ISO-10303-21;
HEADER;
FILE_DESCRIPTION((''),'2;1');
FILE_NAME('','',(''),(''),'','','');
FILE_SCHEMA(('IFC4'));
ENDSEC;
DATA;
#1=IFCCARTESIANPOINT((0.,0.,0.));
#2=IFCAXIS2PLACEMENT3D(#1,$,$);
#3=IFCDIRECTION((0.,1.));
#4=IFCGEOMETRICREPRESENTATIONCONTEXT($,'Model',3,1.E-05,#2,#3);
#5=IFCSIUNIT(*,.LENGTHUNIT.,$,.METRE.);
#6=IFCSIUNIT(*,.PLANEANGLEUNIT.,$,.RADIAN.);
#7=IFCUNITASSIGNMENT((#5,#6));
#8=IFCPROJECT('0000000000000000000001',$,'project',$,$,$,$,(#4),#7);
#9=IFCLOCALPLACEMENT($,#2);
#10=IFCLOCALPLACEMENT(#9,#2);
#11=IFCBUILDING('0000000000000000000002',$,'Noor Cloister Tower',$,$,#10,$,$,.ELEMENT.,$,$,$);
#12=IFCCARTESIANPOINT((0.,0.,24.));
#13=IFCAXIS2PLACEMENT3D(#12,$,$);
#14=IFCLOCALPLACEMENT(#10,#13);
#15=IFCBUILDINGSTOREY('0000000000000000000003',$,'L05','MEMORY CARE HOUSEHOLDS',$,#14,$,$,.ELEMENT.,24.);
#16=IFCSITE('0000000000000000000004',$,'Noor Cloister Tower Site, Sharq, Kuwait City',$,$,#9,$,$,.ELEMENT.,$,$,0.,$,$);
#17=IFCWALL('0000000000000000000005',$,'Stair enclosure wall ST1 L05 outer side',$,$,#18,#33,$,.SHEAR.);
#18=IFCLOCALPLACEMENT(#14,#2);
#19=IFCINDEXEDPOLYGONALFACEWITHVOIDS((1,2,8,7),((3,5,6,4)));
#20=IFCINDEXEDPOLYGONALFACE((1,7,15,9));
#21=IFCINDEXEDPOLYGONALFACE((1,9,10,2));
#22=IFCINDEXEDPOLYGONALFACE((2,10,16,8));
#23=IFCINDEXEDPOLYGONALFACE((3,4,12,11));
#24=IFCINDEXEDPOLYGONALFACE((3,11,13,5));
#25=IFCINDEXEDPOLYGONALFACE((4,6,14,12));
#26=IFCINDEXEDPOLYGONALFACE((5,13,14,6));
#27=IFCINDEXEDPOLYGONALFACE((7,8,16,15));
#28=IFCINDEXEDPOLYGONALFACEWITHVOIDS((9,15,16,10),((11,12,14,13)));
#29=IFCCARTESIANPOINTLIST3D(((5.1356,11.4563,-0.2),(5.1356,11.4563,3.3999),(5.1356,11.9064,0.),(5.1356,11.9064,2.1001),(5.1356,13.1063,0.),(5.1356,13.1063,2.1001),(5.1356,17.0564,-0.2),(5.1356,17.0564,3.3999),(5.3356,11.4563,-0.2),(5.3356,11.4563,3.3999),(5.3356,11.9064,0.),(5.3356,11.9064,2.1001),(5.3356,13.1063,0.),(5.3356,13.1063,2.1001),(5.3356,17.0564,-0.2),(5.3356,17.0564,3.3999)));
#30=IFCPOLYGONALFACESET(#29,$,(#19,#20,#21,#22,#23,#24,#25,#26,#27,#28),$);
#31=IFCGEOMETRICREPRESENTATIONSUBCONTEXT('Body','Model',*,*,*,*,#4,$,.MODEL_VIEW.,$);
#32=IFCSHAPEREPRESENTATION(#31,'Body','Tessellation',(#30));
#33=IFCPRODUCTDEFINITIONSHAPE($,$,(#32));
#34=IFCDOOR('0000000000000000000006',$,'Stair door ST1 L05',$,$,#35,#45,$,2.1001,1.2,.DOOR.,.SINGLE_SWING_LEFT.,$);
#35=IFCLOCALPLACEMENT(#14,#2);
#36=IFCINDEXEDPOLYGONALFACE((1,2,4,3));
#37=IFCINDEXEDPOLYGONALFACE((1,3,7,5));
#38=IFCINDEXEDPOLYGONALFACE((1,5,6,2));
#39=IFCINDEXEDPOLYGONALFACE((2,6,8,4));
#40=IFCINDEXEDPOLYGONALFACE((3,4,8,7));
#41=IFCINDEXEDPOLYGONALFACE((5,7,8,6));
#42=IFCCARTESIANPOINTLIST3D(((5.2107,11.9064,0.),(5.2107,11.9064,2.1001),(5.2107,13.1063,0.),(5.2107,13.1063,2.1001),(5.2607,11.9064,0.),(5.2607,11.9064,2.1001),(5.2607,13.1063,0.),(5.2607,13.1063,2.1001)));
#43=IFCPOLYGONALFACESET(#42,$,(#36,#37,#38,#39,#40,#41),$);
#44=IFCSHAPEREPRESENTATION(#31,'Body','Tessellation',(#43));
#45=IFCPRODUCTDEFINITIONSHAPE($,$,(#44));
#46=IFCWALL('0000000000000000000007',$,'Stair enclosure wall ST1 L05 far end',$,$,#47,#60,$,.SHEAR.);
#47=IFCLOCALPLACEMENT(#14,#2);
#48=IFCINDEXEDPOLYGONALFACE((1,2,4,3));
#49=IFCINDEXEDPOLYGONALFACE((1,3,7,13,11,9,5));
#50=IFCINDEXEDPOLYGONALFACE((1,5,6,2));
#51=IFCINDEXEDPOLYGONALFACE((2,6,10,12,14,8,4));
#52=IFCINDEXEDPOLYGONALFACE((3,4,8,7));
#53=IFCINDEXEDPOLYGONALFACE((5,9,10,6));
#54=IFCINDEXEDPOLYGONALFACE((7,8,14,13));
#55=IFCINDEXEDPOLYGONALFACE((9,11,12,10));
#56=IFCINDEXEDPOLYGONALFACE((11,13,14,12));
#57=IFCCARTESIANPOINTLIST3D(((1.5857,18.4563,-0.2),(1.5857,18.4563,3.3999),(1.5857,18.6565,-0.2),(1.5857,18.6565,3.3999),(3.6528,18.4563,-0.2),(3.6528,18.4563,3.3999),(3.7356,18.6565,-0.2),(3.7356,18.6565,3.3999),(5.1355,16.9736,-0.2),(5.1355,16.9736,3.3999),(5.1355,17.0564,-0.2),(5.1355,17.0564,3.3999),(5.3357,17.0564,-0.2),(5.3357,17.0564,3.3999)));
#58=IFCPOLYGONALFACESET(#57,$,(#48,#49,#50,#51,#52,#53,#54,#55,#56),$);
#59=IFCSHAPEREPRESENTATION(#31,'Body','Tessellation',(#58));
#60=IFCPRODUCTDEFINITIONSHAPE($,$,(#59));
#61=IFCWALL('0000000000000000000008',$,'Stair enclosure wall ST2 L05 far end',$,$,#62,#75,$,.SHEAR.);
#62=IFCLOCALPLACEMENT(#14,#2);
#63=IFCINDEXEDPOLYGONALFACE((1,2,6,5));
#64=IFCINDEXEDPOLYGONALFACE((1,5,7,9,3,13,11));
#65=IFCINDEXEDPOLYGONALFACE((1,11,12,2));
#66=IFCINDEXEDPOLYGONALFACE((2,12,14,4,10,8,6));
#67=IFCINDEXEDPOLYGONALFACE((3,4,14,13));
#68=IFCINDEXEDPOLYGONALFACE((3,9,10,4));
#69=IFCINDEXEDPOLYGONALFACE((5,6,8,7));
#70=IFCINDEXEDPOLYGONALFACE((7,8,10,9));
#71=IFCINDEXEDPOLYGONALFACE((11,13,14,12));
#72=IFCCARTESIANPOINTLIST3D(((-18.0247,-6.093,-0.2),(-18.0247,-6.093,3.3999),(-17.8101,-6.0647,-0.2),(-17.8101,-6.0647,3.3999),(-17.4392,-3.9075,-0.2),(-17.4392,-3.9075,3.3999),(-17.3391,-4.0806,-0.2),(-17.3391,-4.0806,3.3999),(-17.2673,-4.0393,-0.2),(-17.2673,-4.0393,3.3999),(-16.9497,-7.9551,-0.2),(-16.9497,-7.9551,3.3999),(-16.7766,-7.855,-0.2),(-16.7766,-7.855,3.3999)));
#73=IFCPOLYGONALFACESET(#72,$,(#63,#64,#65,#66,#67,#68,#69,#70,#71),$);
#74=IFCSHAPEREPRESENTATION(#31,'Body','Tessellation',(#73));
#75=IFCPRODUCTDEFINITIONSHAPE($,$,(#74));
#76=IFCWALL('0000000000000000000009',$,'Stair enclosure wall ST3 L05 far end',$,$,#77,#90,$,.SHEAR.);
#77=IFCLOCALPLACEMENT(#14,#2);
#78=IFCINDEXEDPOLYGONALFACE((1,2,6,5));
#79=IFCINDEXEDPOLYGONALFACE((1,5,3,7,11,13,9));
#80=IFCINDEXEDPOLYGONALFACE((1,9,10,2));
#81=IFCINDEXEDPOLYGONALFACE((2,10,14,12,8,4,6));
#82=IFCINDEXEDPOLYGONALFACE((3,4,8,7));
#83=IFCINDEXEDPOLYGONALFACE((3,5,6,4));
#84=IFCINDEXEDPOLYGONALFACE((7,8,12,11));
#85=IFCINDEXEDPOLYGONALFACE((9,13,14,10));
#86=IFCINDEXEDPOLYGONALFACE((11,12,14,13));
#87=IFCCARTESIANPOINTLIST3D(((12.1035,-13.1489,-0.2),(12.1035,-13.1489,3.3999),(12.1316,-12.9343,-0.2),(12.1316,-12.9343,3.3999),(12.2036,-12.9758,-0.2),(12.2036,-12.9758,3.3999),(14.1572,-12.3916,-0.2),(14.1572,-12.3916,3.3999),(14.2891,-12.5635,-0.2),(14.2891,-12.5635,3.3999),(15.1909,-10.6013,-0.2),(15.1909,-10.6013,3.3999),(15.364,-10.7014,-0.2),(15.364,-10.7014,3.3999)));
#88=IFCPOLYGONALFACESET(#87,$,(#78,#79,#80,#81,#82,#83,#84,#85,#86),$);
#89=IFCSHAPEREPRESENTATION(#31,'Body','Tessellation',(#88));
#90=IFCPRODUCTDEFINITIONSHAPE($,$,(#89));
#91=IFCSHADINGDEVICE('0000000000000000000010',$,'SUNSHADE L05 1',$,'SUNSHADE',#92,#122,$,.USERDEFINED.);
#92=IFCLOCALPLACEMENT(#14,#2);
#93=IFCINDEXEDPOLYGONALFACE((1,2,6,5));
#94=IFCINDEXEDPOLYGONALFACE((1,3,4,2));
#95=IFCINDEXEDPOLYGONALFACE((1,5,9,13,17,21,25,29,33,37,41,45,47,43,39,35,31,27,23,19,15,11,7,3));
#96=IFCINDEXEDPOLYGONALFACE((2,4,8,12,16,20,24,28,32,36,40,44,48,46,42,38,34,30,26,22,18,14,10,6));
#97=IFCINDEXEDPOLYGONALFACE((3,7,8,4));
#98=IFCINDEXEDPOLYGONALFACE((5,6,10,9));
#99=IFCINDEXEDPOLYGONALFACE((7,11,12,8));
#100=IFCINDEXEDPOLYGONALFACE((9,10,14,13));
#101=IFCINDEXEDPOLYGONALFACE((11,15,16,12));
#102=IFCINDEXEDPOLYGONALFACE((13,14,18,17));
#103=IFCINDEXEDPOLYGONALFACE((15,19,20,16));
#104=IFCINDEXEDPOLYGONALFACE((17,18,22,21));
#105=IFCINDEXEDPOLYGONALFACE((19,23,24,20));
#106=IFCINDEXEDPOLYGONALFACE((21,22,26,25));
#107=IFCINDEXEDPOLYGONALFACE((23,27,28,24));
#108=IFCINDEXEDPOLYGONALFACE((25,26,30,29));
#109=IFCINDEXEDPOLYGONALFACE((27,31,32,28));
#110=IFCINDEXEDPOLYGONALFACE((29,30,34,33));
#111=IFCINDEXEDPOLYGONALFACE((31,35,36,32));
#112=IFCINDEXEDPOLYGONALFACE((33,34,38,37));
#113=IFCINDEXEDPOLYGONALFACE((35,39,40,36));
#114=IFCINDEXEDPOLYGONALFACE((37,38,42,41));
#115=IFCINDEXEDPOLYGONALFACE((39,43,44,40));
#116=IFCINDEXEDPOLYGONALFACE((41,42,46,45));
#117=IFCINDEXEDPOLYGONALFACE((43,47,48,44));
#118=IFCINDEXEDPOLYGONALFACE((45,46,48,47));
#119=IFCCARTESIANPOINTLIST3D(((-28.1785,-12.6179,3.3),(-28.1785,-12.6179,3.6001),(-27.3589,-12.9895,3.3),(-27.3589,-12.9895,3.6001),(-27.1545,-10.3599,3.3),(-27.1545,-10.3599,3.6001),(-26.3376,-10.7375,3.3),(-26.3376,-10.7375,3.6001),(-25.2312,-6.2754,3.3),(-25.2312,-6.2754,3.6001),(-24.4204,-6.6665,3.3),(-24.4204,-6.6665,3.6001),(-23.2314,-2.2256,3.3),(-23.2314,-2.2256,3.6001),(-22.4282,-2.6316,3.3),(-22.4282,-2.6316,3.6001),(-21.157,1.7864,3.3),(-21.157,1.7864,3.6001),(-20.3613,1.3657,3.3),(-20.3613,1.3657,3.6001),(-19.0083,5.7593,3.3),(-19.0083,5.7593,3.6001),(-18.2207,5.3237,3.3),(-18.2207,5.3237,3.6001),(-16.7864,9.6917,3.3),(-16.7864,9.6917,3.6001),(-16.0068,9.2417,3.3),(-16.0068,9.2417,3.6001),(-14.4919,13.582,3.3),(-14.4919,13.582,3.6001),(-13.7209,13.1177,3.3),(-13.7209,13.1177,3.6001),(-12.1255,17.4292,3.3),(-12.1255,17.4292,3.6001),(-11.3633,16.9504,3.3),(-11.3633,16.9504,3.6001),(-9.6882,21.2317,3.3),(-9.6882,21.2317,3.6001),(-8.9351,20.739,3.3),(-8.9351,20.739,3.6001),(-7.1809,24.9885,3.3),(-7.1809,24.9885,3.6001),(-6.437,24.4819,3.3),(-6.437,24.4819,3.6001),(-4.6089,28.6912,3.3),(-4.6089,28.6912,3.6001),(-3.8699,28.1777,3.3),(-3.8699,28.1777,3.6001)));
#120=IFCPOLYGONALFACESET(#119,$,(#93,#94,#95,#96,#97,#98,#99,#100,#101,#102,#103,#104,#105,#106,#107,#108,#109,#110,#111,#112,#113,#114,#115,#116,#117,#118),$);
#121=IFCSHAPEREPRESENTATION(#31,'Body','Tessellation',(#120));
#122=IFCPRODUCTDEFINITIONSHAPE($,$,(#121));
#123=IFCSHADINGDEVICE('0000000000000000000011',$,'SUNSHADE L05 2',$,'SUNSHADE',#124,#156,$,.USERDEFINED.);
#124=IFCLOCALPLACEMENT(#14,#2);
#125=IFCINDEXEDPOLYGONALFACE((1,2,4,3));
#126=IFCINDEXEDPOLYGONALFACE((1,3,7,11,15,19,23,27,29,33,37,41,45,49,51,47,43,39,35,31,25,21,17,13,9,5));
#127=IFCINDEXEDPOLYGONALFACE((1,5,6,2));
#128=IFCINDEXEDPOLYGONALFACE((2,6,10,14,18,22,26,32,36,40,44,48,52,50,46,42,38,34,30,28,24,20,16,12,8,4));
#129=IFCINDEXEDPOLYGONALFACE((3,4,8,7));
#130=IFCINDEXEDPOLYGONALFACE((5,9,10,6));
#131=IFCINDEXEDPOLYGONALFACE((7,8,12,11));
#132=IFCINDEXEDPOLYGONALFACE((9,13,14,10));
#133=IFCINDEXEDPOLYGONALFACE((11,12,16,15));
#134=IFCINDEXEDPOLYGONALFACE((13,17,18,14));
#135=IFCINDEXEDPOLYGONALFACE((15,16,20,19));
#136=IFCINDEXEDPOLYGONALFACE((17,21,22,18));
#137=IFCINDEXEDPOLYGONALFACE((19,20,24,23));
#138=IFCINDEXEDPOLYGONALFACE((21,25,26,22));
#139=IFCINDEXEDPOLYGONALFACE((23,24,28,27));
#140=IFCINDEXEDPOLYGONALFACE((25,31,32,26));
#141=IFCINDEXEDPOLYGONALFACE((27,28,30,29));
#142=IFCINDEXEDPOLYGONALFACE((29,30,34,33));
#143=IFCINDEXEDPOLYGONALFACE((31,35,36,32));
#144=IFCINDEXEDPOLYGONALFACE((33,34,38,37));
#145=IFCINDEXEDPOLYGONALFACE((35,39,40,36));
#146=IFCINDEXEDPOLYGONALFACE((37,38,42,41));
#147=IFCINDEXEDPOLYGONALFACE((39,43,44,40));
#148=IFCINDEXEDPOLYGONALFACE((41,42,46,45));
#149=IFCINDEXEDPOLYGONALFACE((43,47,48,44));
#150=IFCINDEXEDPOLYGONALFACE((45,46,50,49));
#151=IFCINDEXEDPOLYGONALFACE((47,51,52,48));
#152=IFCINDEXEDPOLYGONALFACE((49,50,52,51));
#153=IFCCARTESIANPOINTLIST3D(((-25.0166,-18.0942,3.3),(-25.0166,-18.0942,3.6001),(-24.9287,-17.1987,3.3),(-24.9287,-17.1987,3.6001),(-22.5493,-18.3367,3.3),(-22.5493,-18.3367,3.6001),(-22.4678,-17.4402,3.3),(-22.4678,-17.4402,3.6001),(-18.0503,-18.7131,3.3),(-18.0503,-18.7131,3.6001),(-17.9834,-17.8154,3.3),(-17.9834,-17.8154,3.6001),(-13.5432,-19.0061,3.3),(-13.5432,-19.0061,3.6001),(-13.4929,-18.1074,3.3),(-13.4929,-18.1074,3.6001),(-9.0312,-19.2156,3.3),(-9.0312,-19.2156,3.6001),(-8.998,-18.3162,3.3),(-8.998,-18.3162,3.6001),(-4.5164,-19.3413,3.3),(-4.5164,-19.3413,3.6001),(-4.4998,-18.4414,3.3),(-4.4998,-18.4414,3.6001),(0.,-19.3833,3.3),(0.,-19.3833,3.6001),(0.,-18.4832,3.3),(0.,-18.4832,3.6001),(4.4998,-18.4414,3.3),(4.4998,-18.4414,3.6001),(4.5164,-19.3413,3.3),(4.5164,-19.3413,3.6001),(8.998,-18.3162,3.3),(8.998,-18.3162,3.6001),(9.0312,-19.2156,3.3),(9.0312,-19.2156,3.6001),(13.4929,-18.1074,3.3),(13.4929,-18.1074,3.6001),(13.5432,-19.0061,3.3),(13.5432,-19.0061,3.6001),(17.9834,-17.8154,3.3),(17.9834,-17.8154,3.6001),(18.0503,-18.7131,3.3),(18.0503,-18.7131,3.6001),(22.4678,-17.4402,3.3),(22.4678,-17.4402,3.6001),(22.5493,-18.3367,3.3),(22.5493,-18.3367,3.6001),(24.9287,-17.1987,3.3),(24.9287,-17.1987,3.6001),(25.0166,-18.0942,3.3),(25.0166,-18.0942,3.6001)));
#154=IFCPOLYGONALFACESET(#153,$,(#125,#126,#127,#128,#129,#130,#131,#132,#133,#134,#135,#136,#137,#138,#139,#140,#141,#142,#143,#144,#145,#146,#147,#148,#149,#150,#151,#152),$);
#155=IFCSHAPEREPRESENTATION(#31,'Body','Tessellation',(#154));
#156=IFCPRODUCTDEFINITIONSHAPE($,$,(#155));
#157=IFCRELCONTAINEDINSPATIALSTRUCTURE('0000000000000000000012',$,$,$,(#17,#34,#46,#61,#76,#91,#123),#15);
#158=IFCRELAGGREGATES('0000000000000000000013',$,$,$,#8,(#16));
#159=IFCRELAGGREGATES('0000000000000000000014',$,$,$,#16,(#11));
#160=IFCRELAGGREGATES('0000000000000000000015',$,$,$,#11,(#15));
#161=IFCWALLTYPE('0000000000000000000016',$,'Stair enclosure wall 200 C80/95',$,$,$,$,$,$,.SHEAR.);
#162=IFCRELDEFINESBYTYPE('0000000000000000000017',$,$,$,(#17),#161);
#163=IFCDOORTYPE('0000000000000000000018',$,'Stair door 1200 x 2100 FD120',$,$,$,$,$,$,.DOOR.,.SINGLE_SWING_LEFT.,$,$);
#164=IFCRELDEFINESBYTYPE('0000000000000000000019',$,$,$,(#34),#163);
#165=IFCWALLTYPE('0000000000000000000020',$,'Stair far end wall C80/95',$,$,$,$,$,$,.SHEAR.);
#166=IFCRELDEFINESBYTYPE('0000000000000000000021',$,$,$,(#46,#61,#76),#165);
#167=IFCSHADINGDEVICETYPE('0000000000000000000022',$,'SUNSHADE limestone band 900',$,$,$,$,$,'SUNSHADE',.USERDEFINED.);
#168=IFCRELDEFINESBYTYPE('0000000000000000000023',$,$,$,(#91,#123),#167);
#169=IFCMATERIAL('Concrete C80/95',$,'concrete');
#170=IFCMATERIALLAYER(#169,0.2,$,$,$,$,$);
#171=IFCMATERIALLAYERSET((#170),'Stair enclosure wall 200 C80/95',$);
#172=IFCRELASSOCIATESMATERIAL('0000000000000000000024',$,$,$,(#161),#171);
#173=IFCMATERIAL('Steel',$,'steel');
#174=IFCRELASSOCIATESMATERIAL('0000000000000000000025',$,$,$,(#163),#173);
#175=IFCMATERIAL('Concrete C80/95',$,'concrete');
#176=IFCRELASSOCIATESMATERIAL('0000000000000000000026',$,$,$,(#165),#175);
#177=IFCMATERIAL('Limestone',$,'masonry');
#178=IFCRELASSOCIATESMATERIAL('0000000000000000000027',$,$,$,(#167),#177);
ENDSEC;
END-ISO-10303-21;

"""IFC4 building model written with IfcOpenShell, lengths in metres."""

from ifc_helpers import new_model, si_unit, direction, frame, frame_2d, origin, place, context, subcontext, project, spatial, polyline, rectangle, outline, extrude, material, layer, layer_set, type_object, element, fill, save


model = new_model("IFC4")

# Units and contexts
model_context = context("Model", 3, precision=1e-05, world=origin(), true_north=direction((0.0, 1.0)))
body_context = subcontext(model_context, "Body", "Model", "MODEL_VIEW")
ifc_project = project(units=[si_unit("LENGTHUNIT", "METRE"), si_unit("PLANEANGLEUNIT", "RADIAN")], contexts=[model_context])

# Site, building, storey
site_placement = place(None, origin())
site = spatial("IfcSite", under=ifc_project, at=site_placement, Name="Noor Cloister Tower Site, Sharq, Kuwait City", CompositionType="ELEMENT", RefElevation=0.0)
building_placement = place(site_placement, origin())
building = spatial("IfcBuilding", under=site, at=building_placement, Name="Noor Cloister Tower", CompositionType="ELEMENT")
storey_placement = place(building_placement, frame((0.0, 0.0, 24.0)))
storey = spatial("IfcBuildingStorey", under=building, at=storey_placement, Name="L05", Description="MEMORY CARE HOUSEHOLDS", CompositionType="ELEMENT", Elevation=24.0)

# Wall, opening, door
ifc_material_1 = material(Name="Concrete C80/95", Category="concrete")
ifc_layer_1 = layer(ifc_material_1, 0.2)
ifc_layer_set_1 = layer_set([ifc_layer_1], Name="Stair enclosure wall 200 C80/95")
wall_type_1 = type_object("IfcWallType", Name="Stair enclosure wall 200 C80/95", PredefinedType="SHEAR", material=ifc_layer_set_1)
wall_1_placement = place(storey_placement, frame((5.2356, 11.4563, -0.2), z_axis=(0.0, 0.0, 1.0), x_axis=(0.0, 1.0, 0.0)))
wall_1 = element("IfcWall", 1, at=wall_1_placement, inside=storey, type_object=wall_type_1, Name="Stair enclosure wall ST1 L05 outer side", PredefinedType="SHEAR", context=body_context, shape_type="SweptSolid", body=[
    extrude(rectangle(XDim=5.6001, YDim=0.2, at=frame_2d((2.8, 0.0))), origin(), (0.0, 0.0, 1.0), 3.5999),
])
opening_1_placement = place(wall_1_placement, frame((0.45, 0.0, 0.2)))
opening_1 = element("IfcOpeningElement", 2, at=opening_1_placement, cuts=wall_1, PredefinedType="OPENING", context=body_context, shape_type="SweptSolid", body=[
    extrude(rectangle(XDim=1.2, YDim=2.1001, at=frame_2d((0.6001, 1.05))), frame((0.0, 0.1099, 0.0), z_axis=(0.0, -1.0, 0.0), x_axis=(1.0, 0.0, 0.0)), (0.0, 0.0, 1.0), 0.22),
])
ifc_material_2 = material(Name="Steel", Category="steel")
door_type_1 = type_object("IfcDoorType", Name="Stair door 1200 x 2100 FD120", OperationType="SINGLE_SWING_LEFT", PredefinedType="DOOR", material=ifc_material_2)
door_1_placement = place(opening_1_placement, origin())
door_1 = element("IfcDoor", 3, at=door_1_placement, inside=storey, type_object=door_type_1, Name="Stair door ST1 L05", OperationType="SINGLE_SWING_LEFT", OverallHeight=2.1001, OverallWidth=1.2, PredefinedType="DOOR", context=body_context, shape_type="SweptSolid", body=[
    extrude(rectangle(XDim=1.2, YDim=2.1001, at=frame_2d((0.6001, 1.05))), frame((0.0, 0.0249, 0.0), z_axis=(0.0, -1.0, 0.0), x_axis=(1.0, 0.0, 0.0)), (0.0, 0.0, 1.0), 0.05),
])
fill(opening_1, door_1)

# Walls
ifc_material_3 = material(Name="Concrete C80/95", Category="concrete")
wall_type_2 = type_object("IfcWallType", Name="Stair far end wall C80/95", PredefinedType="SHEAR", material=ifc_material_3)
wall_2_placement = place(storey_placement, frame((0.0, 0.0, -0.2)))
element("IfcWall", 4, at=wall_2_placement, inside=storey, type_object=wall_type_2, Name="Stair enclosure wall ST1 L05 far end", PredefinedType="SHEAR", context=body_context, shape_type="SweptSolid", body=[
    extrude(outline(polyline([(5.3357, 17.0564), (3.7356, 18.6565), (1.5857, 18.6565), (1.5857, 18.4563), (3.6528, 18.4563), (5.1355, 16.9736), (5.1355, 17.0564), (5.1355, 17.0564), (5.1355, 17.0564), (5.1355, 17.0564), (5.1355, 17.0564), (5.1355, 17.0564), (5.1355, 17.0564), (5.1355, 17.0564), (5.1355, 17.0564), (5.1355, 17.0564), (5.1355, 17.0564), (5.1355, 17.0564), (5.1355, 17.0564), (5.1355, 17.0564), (5.1355, 17.0564), (5.1355, 17.0564), (5.1355, 17.0564), (5.3357, 17.0564)])), origin(), (0.0, 0.0, 1.0), 3.5999),
])
wall_3_placement = place(storey_placement, frame((0.0, 0.0, -0.2)))
element("IfcWall", 5, at=wall_3_placement, inside=storey, type_object=wall_type_2, Name="Stair enclosure wall ST2 L05 far end", PredefinedType="SHEAR", context=body_context, shape_type="SweptSolid", body=[
    extrude(outline(polyline([(-17.4392, -3.9075), (-18.0247, -6.093), (-16.9497, -7.9551), (-16.7766, -7.855), (-17.8101, -6.0647), (-17.2673, -4.0393), (-17.3391, -4.0806), (-17.3391, -4.0806), (-17.3391, -4.0806), (-17.3391, -4.0806), (-17.3391, -4.0806), (-17.3391, -4.0806), (-17.3391, -4.0806), (-17.3391, -4.0806), (-17.3391, -4.0806), (-17.3391, -4.0806), (-17.3391, -4.0806), (-17.3391, -4.0806), (-17.3391, -4.0806), (-17.3391, -4.0806), (-17.3391, -4.0806), (-17.3391, -4.0806), (-17.3391, -4.0806), (-17.4392, -3.9075)])), origin(), (0.0, 0.0, 1.0), 3.5999),
])
wall_4_placement = place(storey_placement, frame((0.0, 0.0, -0.2)))
element("IfcWall", 6, at=wall_4_placement, inside=storey, type_object=wall_type_2, Name="Stair enclosure wall ST3 L05 far end", PredefinedType="SHEAR", context=body_context, shape_type="SweptSolid", body=[
    extrude(outline(polyline([(12.1035, -13.1489), (14.2891, -12.5635), (15.364, -10.7014), (15.1909, -10.6013), (14.1572, -12.3916), (12.1316, -12.9343), (12.2036, -12.9758), (12.2036, -12.9758), (12.2036, -12.9758), (12.2036, -12.9758), (12.2036, -12.9758), (12.2036, -12.9758), (12.2036, -12.9758), (12.2036, -12.9758), (12.2036, -12.9758), (12.2036, -12.9758), (12.2036, -12.9758), (12.2036, -12.9758), (12.2036, -12.9758), (12.2036, -12.9758), (12.2036, -12.9758), (12.2036, -12.9758), (12.2036, -12.9758), (12.1035, -13.1489)])), origin(), (0.0, 0.0, 1.0), 3.5999),
])

# Shading devices
ifc_material_4 = material(Name="Limestone", Category="masonry")
shading_device_type = type_object("IfcShadingDeviceType", Name="SUNSHADE limestone band 900", ElementType="SUNSHADE", PredefinedType="USERDEFINED", material=ifc_material_4)
shading_device_1_placement = place(storey_placement, frame((0.0, 0.0, 3.3)))
element("IfcShadingDevice", 7, at=shading_device_1_placement, inside=storey, type_object=shading_device_type, Name="SUNSHADE L05 1", ObjectType="SUNSHADE", PredefinedType="USERDEFINED", context=body_context, shape_type="SweptSolid", body=[
    extrude(outline(polyline([(-4.6089, 28.6912), (-7.1809, 24.9885), (-9.6882, 21.2317), (-12.1255, 17.4292), (-14.4919, 13.582), (-16.7864, 9.6917), (-19.0083, 5.7593), (-21.157, 1.7864), (-23.2314, -2.2256), (-25.2312, -6.2754), (-27.1545, -10.3599), (-28.1785, -12.6179), (-27.3589, -12.9895), (-26.3376, -10.7375), (-24.4204, -6.6665), (-22.4282, -2.6316), (-20.3613, 1.3657), (-18.2207, 5.3237), (-16.0068, 9.2417), (-13.7209, 13.1177), (-11.3633, 16.9504), (-8.9351, 20.739), (-6.437, 24.4819), (-3.8699, 28.1777), (-4.6089, 28.6912)])), origin(), (0.0, 0.0, 1.0), 0.3),
])
shading_device_2_placement = place(storey_placement, frame((0.0, 0.0, 3.3)))
element("IfcShadingDevice", 8, at=shading_device_2_placement, inside=storey, type_object=shading_device_type, Name="SUNSHADE L05 2", ObjectType="SUNSHADE", PredefinedType="USERDEFINED", context=body_context, shape_type="SweptSolid", body=[
    extrude(outline(polyline([(-25.0166, -18.0942), (-22.5493, -18.3367), (-18.0503, -18.7131), (-13.5432, -19.0061), (-9.0312, -19.2156), (-4.5164, -19.3413), (0.0, -19.3833), (4.5164, -19.3413), (9.0312, -19.2156), (13.5432, -19.0061), (18.0503, -18.7131), (22.5493, -18.3367), (25.0166, -18.0942), (24.9287, -17.1987), (22.4678, -17.4402), (17.9834, -17.8154), (13.4929, -18.1074), (8.998, -18.3162), (4.4998, -18.4414), (0.0, -18.4832), (-4.4998, -18.4414), (-8.998, -18.3162), (-13.4929, -18.1074), (-17.9834, -17.8154), (-22.4678, -17.4402), (-24.9287, -17.1987), (-25.0166, -18.0942)])), origin(), (0.0, 0.0, 1.0), 0.3),
])

save(model, "model.ifc")
